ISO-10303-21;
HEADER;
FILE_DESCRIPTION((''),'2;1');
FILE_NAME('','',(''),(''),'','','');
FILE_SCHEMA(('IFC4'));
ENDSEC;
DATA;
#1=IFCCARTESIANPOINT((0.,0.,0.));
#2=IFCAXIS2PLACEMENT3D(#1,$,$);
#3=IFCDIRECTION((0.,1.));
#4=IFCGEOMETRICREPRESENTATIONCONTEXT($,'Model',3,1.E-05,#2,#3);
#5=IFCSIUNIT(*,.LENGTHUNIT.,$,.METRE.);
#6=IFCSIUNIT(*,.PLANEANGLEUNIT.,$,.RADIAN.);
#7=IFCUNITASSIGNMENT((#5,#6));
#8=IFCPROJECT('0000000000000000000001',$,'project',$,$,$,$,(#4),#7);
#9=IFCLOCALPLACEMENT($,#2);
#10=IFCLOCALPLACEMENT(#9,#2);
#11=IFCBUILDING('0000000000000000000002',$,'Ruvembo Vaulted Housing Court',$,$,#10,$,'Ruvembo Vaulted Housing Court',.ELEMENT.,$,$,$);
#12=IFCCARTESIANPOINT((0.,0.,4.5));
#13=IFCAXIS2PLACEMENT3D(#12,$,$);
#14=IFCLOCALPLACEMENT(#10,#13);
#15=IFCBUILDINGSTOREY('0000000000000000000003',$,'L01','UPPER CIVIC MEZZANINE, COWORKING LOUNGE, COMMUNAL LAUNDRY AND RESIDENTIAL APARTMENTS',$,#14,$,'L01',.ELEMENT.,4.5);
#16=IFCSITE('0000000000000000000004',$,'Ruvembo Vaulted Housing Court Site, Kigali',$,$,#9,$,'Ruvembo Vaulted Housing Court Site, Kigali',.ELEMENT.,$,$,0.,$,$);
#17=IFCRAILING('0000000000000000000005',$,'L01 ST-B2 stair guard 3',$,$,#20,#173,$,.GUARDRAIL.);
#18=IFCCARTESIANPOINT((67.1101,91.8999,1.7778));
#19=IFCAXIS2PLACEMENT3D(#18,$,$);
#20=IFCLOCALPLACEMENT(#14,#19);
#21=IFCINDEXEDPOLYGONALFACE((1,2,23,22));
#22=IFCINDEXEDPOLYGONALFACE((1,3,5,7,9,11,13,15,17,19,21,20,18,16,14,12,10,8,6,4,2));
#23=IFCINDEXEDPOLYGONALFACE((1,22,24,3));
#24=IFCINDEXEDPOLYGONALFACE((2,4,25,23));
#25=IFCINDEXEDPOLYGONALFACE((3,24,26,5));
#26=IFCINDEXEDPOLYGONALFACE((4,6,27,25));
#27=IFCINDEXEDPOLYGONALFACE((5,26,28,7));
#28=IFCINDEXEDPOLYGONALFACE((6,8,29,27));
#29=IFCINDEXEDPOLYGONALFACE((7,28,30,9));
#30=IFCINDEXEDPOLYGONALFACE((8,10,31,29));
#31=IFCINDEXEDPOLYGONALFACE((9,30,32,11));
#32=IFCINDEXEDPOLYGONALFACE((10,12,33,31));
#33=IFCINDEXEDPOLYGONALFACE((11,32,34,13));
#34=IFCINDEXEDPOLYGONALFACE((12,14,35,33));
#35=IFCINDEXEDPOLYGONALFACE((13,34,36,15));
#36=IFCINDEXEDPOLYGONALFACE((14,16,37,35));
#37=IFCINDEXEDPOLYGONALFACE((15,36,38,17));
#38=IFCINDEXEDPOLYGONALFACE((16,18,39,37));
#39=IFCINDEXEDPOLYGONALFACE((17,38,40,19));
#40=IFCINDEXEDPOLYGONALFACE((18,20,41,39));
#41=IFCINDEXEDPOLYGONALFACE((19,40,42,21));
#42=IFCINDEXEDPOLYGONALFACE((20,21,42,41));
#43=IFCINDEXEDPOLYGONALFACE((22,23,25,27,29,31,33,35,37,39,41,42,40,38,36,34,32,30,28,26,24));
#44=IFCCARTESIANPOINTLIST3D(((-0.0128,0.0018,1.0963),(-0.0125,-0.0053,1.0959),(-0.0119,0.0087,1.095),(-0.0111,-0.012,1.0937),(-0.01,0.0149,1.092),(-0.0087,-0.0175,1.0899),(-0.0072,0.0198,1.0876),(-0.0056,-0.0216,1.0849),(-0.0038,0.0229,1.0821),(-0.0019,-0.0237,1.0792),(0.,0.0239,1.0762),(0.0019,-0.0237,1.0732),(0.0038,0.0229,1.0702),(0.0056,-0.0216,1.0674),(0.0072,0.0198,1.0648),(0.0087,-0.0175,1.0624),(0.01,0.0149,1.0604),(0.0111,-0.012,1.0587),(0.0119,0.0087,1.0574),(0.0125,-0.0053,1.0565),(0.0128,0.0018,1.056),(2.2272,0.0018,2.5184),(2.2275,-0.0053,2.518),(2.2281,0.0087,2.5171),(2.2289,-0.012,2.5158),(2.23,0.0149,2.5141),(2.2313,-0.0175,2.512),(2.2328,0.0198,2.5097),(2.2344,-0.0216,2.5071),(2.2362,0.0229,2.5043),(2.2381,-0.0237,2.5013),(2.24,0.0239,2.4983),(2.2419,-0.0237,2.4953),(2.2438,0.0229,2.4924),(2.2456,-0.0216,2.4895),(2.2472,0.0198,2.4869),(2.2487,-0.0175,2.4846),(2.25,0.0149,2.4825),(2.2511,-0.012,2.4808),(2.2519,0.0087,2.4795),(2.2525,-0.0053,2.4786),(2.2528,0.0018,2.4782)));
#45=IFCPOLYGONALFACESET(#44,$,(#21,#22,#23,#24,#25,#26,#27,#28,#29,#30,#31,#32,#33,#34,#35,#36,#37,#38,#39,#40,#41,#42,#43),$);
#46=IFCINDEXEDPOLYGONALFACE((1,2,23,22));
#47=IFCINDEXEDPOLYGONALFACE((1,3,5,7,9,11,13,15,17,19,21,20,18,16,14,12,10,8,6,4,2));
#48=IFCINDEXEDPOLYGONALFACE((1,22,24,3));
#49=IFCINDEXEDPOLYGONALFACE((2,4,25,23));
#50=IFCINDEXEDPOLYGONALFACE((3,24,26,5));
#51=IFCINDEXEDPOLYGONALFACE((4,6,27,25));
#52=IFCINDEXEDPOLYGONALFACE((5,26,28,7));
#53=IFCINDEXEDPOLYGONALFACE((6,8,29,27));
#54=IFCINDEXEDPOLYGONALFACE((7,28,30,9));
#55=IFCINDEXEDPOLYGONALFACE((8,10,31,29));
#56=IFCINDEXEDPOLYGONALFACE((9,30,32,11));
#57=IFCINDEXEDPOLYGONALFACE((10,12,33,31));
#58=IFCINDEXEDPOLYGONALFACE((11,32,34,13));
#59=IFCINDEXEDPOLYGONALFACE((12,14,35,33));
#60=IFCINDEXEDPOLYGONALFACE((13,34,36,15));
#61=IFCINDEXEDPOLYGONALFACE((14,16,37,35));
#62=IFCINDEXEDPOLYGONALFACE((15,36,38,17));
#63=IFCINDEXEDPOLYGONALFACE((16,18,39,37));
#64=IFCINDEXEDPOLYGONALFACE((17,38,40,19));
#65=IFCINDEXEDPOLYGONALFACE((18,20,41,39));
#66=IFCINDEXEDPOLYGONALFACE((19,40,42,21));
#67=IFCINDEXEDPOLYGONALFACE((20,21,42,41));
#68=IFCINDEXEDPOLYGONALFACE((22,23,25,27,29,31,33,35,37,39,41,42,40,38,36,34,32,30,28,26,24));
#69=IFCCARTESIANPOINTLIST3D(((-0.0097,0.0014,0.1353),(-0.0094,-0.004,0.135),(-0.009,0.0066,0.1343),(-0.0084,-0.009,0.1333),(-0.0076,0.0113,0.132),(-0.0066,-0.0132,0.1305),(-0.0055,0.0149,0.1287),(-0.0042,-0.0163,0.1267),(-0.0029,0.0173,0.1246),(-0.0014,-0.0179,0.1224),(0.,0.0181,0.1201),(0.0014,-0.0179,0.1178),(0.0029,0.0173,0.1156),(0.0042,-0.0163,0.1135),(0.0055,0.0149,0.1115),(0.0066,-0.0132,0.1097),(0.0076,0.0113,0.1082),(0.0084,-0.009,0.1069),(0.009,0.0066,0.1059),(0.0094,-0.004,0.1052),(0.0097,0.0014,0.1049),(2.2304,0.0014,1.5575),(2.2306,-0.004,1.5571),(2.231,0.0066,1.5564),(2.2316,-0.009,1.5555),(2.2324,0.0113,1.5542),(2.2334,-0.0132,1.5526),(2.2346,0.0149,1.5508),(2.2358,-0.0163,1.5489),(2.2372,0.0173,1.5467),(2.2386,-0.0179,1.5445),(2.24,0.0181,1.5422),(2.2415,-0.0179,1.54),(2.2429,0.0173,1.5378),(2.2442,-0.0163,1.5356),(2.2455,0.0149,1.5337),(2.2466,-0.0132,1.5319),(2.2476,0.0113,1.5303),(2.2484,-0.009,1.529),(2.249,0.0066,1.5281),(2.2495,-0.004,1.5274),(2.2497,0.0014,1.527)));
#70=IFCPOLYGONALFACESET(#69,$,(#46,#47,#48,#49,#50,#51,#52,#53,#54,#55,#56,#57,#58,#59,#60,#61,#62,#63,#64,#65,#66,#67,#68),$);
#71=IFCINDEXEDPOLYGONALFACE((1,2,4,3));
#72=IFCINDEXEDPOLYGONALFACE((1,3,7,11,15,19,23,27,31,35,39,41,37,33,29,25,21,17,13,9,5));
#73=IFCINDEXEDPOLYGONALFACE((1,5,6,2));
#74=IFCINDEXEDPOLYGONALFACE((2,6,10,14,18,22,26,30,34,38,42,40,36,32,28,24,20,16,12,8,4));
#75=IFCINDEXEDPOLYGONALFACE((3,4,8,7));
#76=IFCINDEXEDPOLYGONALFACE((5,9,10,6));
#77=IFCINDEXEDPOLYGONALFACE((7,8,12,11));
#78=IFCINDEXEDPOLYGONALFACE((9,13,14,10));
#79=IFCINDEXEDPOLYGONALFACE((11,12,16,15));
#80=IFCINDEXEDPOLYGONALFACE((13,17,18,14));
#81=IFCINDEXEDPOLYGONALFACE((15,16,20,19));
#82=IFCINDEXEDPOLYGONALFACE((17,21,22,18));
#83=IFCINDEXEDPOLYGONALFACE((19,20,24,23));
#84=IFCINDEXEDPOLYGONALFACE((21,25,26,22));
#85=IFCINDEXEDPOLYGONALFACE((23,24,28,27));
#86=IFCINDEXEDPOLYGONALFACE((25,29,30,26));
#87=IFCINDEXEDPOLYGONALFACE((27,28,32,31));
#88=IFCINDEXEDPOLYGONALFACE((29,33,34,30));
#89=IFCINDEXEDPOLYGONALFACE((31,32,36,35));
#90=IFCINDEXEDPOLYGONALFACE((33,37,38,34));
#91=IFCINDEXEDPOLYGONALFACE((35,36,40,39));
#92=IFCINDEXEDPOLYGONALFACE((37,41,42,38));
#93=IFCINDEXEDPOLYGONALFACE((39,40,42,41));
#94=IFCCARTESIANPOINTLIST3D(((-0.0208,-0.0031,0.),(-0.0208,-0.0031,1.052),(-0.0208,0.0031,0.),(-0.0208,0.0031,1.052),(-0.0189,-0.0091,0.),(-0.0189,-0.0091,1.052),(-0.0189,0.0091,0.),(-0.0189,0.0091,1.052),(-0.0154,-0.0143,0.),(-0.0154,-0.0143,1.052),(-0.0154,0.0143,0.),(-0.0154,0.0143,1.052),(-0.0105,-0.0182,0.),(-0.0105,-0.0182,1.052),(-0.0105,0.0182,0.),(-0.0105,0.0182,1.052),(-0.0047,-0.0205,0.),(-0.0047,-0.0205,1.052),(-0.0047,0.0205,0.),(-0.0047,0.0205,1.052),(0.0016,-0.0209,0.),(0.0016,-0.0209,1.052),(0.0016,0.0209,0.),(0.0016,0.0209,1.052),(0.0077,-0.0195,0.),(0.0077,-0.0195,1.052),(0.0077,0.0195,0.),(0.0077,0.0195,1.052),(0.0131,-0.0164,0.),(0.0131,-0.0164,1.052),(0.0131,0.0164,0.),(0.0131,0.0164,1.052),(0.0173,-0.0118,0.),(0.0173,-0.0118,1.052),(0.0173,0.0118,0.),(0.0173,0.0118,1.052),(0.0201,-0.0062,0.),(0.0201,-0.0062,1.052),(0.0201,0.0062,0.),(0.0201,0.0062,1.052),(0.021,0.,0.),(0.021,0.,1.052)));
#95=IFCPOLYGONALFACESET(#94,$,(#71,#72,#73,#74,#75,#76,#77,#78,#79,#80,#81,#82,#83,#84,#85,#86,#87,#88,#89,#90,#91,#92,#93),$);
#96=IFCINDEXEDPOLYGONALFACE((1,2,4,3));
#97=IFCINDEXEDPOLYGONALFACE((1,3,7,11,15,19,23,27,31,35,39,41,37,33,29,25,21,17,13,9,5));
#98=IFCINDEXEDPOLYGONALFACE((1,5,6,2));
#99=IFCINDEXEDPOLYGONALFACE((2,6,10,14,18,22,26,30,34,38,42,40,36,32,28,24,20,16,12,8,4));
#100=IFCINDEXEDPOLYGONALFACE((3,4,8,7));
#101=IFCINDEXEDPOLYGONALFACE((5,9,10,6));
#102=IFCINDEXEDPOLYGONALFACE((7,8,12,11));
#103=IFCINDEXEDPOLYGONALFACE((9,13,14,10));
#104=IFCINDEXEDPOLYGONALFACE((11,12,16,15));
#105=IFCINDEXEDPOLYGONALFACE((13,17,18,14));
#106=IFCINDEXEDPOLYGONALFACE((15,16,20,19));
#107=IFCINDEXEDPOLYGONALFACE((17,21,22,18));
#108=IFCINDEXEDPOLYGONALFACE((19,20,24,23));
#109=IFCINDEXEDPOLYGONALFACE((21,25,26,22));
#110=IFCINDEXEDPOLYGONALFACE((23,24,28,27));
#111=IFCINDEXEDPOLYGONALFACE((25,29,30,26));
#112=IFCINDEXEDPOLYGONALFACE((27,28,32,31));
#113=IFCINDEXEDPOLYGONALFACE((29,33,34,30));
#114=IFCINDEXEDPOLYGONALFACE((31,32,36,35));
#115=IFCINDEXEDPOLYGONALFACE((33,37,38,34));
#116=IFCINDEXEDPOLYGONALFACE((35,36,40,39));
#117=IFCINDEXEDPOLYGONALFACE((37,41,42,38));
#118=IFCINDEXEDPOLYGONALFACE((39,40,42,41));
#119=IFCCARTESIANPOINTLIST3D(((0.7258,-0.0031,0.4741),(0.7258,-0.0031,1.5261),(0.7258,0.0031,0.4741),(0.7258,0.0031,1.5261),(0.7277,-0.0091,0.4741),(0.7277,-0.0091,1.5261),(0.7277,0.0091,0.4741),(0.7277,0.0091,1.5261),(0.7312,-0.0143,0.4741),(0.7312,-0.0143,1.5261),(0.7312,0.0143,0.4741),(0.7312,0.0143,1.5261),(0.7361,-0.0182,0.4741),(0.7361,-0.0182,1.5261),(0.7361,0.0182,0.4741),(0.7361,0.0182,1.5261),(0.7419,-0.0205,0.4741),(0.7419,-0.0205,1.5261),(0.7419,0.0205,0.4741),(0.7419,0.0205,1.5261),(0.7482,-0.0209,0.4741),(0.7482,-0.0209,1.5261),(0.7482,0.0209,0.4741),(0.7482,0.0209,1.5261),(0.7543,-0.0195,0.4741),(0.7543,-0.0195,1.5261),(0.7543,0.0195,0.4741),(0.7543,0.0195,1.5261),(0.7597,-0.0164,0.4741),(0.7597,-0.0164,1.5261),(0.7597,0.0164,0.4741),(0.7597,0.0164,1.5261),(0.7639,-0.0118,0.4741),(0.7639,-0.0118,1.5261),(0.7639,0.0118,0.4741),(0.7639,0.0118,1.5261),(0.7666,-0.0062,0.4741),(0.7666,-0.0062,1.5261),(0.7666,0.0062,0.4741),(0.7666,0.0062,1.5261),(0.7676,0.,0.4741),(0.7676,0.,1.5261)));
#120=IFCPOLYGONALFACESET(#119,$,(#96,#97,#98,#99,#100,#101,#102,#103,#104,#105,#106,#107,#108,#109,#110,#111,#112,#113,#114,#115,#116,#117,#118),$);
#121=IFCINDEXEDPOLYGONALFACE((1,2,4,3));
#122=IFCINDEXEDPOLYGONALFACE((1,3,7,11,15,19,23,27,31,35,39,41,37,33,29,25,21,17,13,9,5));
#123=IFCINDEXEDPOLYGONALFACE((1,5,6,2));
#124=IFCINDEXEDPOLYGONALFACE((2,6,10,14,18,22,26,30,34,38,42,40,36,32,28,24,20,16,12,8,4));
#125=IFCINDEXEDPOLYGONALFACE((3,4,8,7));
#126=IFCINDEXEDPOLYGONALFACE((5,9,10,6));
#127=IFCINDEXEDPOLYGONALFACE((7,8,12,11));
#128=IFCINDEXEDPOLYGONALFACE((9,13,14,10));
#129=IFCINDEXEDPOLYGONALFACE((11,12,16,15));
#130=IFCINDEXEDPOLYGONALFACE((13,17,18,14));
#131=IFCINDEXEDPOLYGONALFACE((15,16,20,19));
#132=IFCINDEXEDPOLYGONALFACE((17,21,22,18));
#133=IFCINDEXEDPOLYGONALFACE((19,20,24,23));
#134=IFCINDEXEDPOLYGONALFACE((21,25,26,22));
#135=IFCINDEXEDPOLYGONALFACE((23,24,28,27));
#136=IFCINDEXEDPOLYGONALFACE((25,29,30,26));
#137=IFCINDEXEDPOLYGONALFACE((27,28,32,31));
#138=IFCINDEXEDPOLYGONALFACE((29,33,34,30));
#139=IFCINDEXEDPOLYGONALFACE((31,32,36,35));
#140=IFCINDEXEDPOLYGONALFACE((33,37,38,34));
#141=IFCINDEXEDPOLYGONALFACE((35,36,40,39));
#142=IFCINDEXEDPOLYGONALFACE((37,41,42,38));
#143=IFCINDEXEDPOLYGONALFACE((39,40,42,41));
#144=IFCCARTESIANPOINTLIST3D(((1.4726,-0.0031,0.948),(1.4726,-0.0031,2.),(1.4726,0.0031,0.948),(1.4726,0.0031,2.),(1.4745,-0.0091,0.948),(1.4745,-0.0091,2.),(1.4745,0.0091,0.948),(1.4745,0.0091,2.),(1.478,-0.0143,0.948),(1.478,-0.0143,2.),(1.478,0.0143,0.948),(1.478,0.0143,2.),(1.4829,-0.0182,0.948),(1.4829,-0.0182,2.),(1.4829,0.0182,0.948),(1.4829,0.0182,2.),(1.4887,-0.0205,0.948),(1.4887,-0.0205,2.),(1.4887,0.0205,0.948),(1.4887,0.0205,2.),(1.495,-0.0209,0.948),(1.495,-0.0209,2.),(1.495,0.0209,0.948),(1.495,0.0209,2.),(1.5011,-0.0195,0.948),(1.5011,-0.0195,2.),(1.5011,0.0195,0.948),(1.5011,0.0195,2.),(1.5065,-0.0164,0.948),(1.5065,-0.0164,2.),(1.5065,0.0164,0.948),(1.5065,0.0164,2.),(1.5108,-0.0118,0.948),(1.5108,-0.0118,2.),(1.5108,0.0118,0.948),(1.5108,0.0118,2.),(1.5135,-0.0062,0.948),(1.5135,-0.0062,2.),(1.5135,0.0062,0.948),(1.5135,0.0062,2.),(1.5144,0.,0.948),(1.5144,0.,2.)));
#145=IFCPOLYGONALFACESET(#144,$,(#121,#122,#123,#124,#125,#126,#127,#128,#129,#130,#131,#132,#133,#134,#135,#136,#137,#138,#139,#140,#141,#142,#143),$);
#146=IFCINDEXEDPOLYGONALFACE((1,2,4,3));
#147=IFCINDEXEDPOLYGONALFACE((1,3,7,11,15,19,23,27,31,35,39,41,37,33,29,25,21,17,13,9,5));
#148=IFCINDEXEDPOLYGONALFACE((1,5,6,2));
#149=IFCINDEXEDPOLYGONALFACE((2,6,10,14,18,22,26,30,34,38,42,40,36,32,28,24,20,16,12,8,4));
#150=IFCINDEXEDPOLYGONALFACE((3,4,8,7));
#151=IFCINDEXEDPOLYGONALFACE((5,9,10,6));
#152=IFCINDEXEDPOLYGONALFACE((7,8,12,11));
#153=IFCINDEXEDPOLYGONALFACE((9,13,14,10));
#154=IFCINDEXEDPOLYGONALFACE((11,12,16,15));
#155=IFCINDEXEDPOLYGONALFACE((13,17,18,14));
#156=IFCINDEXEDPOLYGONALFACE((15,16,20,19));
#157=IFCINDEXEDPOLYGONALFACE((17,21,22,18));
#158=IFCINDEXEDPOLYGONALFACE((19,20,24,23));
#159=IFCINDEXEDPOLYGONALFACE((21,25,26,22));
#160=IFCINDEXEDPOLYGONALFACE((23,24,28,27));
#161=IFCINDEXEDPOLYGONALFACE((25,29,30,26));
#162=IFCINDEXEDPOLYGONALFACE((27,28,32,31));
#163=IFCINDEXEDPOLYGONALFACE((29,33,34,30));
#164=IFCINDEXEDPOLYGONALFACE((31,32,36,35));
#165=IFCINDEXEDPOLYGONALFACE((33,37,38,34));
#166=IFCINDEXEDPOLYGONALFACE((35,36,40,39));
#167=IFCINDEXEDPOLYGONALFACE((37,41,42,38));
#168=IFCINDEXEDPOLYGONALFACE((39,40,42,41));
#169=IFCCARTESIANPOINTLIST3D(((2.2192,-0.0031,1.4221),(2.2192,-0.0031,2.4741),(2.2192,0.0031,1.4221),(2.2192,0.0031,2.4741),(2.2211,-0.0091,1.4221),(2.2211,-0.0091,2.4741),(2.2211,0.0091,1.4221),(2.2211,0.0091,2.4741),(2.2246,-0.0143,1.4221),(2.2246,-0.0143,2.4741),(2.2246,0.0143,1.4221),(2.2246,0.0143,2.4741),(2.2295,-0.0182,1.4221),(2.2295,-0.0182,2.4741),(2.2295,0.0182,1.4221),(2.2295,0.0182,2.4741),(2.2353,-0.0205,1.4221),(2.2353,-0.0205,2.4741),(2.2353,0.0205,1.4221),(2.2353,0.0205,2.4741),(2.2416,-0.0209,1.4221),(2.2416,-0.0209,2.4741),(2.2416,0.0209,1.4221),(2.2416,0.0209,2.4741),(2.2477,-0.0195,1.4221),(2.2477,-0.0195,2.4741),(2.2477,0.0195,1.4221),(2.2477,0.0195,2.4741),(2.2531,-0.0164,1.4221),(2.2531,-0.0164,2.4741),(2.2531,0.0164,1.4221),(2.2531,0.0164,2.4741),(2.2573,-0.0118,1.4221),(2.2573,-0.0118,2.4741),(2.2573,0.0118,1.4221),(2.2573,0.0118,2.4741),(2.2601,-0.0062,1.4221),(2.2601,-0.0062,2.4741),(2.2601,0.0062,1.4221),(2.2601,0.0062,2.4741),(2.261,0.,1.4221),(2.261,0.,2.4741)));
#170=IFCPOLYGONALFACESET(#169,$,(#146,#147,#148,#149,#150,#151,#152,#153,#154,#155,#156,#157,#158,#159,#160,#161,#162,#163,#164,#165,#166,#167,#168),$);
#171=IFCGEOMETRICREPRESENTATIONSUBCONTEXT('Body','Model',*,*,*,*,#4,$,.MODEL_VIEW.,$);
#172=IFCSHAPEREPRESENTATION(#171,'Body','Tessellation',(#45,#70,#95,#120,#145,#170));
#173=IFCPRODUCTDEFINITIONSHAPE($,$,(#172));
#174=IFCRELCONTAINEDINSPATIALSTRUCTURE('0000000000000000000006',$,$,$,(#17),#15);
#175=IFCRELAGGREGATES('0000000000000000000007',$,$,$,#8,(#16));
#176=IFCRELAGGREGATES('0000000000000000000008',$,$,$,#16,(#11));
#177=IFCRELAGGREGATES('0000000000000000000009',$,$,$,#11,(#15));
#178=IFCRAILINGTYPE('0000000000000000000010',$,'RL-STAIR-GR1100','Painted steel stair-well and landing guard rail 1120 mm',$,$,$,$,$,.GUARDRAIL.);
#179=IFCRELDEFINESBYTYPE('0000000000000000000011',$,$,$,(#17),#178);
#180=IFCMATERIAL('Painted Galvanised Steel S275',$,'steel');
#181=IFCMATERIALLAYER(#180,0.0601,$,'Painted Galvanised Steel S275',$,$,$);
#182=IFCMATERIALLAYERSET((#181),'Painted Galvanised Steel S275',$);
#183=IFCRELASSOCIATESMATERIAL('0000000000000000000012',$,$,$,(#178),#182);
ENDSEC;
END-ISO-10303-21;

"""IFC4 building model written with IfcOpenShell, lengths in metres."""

from ifc_helpers import new_model, si_unit, direction, frame, origin, origin_2d, place, context, subcontext, project, spatial, circle, extrude, material, layer, layer_set, type_object, element, save


model = new_model("IFC4")

# Units and contexts
model_context = context("Model", 3, precision=1e-05, world=origin(), true_north=direction((0.0, 1.0)))
body_context = subcontext(model_context, "Body", "Model", "MODEL_VIEW")
ifc_project = project(units=[si_unit("LENGTHUNIT", "METRE"), si_unit("PLANEANGLEUNIT", "RADIAN")], contexts=[model_context])

# Site, building, storey
site_placement = place(None, origin())
site = spatial("IfcSite", under=ifc_project, at=site_placement, Name="Ruvembo Vaulted Housing Court Site, Kigali", LongName="Ruvembo Vaulted Housing Court Site, Kigali", CompositionType="ELEMENT", RefElevation=0.0)
building_placement = place(site_placement, origin())
building = spatial("IfcBuilding", under=site, at=building_placement, Name="Ruvembo Vaulted Housing Court", LongName="Ruvembo Vaulted Housing Court", CompositionType="ELEMENT")
storey_placement = place(building_placement, frame((0.0, 0.0, 4.5)))
storey = spatial("IfcBuildingStorey", under=building, at=storey_placement, Name="L01", Description="UPPER CIVIC MEZZANINE, COWORKING LOUNGE, COMMUNAL LAUNDRY AND RESIDENTIAL APARTMENTS", LongName="L01", CompositionType="ELEMENT", Elevation=4.5)

# Railing
ifc_material_1 = material(Name="Painted Galvanised Steel S275", Category="steel")
ifc_layer_1 = layer(ifc_material_1, 0.0601, Name="Painted Galvanised Steel S275")
ifc_layer_set_1 = layer_set([ifc_layer_1], Name="Painted Galvanised Steel S275")
railing_type_1 = type_object("IfcRailingType", Name="RL-STAIR-GR1100", Description="Painted steel stair-well and landing guard rail 1120 mm", PredefinedType="GUARDRAIL", material=ifc_layer_set_1)
railing_1_placement = place(storey_placement, frame((67.1101, 91.8999, 1.7778)))
element("IfcRailing", 1, at=railing_1_placement, inside=storey, type_object=railing_type_1, Name="L01 ST-B2 stair guard 3", PredefinedType="GUARDRAIL", context=body_context, shape_type="SweptSolid", body=[
    extrude(circle(Radius=0.0239, at=origin_2d()), frame((0.0, 0.0, 1.0762), z_axis=(0.844229, 0.0, 0.535982), x_axis=(0.0, 1.0, 0.0)), (0.0, 0.0, 1.0), 2.6533),
    extrude(circle(Radius=0.0181, at=origin_2d()), frame((0.0, 0.0, 0.1201), z_axis=(0.844229, 0.0, 0.535982), x_axis=(0.0, 1.0, 0.0)), (0.0, 0.0, 1.0), 2.6533),
    extrude(circle(Radius=0.021, at=origin_2d()), origin(), (0.0, 0.0, 1.0), 1.052),
    extrude(circle(Radius=0.021, at=origin_2d()), frame((0.7466, 0.0, 0.4741)), (0.0, 0.0, 1.0), 1.052),
    extrude(circle(Radius=0.021, at=origin_2d()), frame((1.4934, 0.0, 0.948)), (0.0, 0.0, 1.0), 1.052),
    extrude(circle(Radius=0.021, at=origin_2d()), frame((2.24, 0.0, 1.4221)), (0.0, 0.0, 1.0), 1.052),
])

save(model, "model.ifc")
